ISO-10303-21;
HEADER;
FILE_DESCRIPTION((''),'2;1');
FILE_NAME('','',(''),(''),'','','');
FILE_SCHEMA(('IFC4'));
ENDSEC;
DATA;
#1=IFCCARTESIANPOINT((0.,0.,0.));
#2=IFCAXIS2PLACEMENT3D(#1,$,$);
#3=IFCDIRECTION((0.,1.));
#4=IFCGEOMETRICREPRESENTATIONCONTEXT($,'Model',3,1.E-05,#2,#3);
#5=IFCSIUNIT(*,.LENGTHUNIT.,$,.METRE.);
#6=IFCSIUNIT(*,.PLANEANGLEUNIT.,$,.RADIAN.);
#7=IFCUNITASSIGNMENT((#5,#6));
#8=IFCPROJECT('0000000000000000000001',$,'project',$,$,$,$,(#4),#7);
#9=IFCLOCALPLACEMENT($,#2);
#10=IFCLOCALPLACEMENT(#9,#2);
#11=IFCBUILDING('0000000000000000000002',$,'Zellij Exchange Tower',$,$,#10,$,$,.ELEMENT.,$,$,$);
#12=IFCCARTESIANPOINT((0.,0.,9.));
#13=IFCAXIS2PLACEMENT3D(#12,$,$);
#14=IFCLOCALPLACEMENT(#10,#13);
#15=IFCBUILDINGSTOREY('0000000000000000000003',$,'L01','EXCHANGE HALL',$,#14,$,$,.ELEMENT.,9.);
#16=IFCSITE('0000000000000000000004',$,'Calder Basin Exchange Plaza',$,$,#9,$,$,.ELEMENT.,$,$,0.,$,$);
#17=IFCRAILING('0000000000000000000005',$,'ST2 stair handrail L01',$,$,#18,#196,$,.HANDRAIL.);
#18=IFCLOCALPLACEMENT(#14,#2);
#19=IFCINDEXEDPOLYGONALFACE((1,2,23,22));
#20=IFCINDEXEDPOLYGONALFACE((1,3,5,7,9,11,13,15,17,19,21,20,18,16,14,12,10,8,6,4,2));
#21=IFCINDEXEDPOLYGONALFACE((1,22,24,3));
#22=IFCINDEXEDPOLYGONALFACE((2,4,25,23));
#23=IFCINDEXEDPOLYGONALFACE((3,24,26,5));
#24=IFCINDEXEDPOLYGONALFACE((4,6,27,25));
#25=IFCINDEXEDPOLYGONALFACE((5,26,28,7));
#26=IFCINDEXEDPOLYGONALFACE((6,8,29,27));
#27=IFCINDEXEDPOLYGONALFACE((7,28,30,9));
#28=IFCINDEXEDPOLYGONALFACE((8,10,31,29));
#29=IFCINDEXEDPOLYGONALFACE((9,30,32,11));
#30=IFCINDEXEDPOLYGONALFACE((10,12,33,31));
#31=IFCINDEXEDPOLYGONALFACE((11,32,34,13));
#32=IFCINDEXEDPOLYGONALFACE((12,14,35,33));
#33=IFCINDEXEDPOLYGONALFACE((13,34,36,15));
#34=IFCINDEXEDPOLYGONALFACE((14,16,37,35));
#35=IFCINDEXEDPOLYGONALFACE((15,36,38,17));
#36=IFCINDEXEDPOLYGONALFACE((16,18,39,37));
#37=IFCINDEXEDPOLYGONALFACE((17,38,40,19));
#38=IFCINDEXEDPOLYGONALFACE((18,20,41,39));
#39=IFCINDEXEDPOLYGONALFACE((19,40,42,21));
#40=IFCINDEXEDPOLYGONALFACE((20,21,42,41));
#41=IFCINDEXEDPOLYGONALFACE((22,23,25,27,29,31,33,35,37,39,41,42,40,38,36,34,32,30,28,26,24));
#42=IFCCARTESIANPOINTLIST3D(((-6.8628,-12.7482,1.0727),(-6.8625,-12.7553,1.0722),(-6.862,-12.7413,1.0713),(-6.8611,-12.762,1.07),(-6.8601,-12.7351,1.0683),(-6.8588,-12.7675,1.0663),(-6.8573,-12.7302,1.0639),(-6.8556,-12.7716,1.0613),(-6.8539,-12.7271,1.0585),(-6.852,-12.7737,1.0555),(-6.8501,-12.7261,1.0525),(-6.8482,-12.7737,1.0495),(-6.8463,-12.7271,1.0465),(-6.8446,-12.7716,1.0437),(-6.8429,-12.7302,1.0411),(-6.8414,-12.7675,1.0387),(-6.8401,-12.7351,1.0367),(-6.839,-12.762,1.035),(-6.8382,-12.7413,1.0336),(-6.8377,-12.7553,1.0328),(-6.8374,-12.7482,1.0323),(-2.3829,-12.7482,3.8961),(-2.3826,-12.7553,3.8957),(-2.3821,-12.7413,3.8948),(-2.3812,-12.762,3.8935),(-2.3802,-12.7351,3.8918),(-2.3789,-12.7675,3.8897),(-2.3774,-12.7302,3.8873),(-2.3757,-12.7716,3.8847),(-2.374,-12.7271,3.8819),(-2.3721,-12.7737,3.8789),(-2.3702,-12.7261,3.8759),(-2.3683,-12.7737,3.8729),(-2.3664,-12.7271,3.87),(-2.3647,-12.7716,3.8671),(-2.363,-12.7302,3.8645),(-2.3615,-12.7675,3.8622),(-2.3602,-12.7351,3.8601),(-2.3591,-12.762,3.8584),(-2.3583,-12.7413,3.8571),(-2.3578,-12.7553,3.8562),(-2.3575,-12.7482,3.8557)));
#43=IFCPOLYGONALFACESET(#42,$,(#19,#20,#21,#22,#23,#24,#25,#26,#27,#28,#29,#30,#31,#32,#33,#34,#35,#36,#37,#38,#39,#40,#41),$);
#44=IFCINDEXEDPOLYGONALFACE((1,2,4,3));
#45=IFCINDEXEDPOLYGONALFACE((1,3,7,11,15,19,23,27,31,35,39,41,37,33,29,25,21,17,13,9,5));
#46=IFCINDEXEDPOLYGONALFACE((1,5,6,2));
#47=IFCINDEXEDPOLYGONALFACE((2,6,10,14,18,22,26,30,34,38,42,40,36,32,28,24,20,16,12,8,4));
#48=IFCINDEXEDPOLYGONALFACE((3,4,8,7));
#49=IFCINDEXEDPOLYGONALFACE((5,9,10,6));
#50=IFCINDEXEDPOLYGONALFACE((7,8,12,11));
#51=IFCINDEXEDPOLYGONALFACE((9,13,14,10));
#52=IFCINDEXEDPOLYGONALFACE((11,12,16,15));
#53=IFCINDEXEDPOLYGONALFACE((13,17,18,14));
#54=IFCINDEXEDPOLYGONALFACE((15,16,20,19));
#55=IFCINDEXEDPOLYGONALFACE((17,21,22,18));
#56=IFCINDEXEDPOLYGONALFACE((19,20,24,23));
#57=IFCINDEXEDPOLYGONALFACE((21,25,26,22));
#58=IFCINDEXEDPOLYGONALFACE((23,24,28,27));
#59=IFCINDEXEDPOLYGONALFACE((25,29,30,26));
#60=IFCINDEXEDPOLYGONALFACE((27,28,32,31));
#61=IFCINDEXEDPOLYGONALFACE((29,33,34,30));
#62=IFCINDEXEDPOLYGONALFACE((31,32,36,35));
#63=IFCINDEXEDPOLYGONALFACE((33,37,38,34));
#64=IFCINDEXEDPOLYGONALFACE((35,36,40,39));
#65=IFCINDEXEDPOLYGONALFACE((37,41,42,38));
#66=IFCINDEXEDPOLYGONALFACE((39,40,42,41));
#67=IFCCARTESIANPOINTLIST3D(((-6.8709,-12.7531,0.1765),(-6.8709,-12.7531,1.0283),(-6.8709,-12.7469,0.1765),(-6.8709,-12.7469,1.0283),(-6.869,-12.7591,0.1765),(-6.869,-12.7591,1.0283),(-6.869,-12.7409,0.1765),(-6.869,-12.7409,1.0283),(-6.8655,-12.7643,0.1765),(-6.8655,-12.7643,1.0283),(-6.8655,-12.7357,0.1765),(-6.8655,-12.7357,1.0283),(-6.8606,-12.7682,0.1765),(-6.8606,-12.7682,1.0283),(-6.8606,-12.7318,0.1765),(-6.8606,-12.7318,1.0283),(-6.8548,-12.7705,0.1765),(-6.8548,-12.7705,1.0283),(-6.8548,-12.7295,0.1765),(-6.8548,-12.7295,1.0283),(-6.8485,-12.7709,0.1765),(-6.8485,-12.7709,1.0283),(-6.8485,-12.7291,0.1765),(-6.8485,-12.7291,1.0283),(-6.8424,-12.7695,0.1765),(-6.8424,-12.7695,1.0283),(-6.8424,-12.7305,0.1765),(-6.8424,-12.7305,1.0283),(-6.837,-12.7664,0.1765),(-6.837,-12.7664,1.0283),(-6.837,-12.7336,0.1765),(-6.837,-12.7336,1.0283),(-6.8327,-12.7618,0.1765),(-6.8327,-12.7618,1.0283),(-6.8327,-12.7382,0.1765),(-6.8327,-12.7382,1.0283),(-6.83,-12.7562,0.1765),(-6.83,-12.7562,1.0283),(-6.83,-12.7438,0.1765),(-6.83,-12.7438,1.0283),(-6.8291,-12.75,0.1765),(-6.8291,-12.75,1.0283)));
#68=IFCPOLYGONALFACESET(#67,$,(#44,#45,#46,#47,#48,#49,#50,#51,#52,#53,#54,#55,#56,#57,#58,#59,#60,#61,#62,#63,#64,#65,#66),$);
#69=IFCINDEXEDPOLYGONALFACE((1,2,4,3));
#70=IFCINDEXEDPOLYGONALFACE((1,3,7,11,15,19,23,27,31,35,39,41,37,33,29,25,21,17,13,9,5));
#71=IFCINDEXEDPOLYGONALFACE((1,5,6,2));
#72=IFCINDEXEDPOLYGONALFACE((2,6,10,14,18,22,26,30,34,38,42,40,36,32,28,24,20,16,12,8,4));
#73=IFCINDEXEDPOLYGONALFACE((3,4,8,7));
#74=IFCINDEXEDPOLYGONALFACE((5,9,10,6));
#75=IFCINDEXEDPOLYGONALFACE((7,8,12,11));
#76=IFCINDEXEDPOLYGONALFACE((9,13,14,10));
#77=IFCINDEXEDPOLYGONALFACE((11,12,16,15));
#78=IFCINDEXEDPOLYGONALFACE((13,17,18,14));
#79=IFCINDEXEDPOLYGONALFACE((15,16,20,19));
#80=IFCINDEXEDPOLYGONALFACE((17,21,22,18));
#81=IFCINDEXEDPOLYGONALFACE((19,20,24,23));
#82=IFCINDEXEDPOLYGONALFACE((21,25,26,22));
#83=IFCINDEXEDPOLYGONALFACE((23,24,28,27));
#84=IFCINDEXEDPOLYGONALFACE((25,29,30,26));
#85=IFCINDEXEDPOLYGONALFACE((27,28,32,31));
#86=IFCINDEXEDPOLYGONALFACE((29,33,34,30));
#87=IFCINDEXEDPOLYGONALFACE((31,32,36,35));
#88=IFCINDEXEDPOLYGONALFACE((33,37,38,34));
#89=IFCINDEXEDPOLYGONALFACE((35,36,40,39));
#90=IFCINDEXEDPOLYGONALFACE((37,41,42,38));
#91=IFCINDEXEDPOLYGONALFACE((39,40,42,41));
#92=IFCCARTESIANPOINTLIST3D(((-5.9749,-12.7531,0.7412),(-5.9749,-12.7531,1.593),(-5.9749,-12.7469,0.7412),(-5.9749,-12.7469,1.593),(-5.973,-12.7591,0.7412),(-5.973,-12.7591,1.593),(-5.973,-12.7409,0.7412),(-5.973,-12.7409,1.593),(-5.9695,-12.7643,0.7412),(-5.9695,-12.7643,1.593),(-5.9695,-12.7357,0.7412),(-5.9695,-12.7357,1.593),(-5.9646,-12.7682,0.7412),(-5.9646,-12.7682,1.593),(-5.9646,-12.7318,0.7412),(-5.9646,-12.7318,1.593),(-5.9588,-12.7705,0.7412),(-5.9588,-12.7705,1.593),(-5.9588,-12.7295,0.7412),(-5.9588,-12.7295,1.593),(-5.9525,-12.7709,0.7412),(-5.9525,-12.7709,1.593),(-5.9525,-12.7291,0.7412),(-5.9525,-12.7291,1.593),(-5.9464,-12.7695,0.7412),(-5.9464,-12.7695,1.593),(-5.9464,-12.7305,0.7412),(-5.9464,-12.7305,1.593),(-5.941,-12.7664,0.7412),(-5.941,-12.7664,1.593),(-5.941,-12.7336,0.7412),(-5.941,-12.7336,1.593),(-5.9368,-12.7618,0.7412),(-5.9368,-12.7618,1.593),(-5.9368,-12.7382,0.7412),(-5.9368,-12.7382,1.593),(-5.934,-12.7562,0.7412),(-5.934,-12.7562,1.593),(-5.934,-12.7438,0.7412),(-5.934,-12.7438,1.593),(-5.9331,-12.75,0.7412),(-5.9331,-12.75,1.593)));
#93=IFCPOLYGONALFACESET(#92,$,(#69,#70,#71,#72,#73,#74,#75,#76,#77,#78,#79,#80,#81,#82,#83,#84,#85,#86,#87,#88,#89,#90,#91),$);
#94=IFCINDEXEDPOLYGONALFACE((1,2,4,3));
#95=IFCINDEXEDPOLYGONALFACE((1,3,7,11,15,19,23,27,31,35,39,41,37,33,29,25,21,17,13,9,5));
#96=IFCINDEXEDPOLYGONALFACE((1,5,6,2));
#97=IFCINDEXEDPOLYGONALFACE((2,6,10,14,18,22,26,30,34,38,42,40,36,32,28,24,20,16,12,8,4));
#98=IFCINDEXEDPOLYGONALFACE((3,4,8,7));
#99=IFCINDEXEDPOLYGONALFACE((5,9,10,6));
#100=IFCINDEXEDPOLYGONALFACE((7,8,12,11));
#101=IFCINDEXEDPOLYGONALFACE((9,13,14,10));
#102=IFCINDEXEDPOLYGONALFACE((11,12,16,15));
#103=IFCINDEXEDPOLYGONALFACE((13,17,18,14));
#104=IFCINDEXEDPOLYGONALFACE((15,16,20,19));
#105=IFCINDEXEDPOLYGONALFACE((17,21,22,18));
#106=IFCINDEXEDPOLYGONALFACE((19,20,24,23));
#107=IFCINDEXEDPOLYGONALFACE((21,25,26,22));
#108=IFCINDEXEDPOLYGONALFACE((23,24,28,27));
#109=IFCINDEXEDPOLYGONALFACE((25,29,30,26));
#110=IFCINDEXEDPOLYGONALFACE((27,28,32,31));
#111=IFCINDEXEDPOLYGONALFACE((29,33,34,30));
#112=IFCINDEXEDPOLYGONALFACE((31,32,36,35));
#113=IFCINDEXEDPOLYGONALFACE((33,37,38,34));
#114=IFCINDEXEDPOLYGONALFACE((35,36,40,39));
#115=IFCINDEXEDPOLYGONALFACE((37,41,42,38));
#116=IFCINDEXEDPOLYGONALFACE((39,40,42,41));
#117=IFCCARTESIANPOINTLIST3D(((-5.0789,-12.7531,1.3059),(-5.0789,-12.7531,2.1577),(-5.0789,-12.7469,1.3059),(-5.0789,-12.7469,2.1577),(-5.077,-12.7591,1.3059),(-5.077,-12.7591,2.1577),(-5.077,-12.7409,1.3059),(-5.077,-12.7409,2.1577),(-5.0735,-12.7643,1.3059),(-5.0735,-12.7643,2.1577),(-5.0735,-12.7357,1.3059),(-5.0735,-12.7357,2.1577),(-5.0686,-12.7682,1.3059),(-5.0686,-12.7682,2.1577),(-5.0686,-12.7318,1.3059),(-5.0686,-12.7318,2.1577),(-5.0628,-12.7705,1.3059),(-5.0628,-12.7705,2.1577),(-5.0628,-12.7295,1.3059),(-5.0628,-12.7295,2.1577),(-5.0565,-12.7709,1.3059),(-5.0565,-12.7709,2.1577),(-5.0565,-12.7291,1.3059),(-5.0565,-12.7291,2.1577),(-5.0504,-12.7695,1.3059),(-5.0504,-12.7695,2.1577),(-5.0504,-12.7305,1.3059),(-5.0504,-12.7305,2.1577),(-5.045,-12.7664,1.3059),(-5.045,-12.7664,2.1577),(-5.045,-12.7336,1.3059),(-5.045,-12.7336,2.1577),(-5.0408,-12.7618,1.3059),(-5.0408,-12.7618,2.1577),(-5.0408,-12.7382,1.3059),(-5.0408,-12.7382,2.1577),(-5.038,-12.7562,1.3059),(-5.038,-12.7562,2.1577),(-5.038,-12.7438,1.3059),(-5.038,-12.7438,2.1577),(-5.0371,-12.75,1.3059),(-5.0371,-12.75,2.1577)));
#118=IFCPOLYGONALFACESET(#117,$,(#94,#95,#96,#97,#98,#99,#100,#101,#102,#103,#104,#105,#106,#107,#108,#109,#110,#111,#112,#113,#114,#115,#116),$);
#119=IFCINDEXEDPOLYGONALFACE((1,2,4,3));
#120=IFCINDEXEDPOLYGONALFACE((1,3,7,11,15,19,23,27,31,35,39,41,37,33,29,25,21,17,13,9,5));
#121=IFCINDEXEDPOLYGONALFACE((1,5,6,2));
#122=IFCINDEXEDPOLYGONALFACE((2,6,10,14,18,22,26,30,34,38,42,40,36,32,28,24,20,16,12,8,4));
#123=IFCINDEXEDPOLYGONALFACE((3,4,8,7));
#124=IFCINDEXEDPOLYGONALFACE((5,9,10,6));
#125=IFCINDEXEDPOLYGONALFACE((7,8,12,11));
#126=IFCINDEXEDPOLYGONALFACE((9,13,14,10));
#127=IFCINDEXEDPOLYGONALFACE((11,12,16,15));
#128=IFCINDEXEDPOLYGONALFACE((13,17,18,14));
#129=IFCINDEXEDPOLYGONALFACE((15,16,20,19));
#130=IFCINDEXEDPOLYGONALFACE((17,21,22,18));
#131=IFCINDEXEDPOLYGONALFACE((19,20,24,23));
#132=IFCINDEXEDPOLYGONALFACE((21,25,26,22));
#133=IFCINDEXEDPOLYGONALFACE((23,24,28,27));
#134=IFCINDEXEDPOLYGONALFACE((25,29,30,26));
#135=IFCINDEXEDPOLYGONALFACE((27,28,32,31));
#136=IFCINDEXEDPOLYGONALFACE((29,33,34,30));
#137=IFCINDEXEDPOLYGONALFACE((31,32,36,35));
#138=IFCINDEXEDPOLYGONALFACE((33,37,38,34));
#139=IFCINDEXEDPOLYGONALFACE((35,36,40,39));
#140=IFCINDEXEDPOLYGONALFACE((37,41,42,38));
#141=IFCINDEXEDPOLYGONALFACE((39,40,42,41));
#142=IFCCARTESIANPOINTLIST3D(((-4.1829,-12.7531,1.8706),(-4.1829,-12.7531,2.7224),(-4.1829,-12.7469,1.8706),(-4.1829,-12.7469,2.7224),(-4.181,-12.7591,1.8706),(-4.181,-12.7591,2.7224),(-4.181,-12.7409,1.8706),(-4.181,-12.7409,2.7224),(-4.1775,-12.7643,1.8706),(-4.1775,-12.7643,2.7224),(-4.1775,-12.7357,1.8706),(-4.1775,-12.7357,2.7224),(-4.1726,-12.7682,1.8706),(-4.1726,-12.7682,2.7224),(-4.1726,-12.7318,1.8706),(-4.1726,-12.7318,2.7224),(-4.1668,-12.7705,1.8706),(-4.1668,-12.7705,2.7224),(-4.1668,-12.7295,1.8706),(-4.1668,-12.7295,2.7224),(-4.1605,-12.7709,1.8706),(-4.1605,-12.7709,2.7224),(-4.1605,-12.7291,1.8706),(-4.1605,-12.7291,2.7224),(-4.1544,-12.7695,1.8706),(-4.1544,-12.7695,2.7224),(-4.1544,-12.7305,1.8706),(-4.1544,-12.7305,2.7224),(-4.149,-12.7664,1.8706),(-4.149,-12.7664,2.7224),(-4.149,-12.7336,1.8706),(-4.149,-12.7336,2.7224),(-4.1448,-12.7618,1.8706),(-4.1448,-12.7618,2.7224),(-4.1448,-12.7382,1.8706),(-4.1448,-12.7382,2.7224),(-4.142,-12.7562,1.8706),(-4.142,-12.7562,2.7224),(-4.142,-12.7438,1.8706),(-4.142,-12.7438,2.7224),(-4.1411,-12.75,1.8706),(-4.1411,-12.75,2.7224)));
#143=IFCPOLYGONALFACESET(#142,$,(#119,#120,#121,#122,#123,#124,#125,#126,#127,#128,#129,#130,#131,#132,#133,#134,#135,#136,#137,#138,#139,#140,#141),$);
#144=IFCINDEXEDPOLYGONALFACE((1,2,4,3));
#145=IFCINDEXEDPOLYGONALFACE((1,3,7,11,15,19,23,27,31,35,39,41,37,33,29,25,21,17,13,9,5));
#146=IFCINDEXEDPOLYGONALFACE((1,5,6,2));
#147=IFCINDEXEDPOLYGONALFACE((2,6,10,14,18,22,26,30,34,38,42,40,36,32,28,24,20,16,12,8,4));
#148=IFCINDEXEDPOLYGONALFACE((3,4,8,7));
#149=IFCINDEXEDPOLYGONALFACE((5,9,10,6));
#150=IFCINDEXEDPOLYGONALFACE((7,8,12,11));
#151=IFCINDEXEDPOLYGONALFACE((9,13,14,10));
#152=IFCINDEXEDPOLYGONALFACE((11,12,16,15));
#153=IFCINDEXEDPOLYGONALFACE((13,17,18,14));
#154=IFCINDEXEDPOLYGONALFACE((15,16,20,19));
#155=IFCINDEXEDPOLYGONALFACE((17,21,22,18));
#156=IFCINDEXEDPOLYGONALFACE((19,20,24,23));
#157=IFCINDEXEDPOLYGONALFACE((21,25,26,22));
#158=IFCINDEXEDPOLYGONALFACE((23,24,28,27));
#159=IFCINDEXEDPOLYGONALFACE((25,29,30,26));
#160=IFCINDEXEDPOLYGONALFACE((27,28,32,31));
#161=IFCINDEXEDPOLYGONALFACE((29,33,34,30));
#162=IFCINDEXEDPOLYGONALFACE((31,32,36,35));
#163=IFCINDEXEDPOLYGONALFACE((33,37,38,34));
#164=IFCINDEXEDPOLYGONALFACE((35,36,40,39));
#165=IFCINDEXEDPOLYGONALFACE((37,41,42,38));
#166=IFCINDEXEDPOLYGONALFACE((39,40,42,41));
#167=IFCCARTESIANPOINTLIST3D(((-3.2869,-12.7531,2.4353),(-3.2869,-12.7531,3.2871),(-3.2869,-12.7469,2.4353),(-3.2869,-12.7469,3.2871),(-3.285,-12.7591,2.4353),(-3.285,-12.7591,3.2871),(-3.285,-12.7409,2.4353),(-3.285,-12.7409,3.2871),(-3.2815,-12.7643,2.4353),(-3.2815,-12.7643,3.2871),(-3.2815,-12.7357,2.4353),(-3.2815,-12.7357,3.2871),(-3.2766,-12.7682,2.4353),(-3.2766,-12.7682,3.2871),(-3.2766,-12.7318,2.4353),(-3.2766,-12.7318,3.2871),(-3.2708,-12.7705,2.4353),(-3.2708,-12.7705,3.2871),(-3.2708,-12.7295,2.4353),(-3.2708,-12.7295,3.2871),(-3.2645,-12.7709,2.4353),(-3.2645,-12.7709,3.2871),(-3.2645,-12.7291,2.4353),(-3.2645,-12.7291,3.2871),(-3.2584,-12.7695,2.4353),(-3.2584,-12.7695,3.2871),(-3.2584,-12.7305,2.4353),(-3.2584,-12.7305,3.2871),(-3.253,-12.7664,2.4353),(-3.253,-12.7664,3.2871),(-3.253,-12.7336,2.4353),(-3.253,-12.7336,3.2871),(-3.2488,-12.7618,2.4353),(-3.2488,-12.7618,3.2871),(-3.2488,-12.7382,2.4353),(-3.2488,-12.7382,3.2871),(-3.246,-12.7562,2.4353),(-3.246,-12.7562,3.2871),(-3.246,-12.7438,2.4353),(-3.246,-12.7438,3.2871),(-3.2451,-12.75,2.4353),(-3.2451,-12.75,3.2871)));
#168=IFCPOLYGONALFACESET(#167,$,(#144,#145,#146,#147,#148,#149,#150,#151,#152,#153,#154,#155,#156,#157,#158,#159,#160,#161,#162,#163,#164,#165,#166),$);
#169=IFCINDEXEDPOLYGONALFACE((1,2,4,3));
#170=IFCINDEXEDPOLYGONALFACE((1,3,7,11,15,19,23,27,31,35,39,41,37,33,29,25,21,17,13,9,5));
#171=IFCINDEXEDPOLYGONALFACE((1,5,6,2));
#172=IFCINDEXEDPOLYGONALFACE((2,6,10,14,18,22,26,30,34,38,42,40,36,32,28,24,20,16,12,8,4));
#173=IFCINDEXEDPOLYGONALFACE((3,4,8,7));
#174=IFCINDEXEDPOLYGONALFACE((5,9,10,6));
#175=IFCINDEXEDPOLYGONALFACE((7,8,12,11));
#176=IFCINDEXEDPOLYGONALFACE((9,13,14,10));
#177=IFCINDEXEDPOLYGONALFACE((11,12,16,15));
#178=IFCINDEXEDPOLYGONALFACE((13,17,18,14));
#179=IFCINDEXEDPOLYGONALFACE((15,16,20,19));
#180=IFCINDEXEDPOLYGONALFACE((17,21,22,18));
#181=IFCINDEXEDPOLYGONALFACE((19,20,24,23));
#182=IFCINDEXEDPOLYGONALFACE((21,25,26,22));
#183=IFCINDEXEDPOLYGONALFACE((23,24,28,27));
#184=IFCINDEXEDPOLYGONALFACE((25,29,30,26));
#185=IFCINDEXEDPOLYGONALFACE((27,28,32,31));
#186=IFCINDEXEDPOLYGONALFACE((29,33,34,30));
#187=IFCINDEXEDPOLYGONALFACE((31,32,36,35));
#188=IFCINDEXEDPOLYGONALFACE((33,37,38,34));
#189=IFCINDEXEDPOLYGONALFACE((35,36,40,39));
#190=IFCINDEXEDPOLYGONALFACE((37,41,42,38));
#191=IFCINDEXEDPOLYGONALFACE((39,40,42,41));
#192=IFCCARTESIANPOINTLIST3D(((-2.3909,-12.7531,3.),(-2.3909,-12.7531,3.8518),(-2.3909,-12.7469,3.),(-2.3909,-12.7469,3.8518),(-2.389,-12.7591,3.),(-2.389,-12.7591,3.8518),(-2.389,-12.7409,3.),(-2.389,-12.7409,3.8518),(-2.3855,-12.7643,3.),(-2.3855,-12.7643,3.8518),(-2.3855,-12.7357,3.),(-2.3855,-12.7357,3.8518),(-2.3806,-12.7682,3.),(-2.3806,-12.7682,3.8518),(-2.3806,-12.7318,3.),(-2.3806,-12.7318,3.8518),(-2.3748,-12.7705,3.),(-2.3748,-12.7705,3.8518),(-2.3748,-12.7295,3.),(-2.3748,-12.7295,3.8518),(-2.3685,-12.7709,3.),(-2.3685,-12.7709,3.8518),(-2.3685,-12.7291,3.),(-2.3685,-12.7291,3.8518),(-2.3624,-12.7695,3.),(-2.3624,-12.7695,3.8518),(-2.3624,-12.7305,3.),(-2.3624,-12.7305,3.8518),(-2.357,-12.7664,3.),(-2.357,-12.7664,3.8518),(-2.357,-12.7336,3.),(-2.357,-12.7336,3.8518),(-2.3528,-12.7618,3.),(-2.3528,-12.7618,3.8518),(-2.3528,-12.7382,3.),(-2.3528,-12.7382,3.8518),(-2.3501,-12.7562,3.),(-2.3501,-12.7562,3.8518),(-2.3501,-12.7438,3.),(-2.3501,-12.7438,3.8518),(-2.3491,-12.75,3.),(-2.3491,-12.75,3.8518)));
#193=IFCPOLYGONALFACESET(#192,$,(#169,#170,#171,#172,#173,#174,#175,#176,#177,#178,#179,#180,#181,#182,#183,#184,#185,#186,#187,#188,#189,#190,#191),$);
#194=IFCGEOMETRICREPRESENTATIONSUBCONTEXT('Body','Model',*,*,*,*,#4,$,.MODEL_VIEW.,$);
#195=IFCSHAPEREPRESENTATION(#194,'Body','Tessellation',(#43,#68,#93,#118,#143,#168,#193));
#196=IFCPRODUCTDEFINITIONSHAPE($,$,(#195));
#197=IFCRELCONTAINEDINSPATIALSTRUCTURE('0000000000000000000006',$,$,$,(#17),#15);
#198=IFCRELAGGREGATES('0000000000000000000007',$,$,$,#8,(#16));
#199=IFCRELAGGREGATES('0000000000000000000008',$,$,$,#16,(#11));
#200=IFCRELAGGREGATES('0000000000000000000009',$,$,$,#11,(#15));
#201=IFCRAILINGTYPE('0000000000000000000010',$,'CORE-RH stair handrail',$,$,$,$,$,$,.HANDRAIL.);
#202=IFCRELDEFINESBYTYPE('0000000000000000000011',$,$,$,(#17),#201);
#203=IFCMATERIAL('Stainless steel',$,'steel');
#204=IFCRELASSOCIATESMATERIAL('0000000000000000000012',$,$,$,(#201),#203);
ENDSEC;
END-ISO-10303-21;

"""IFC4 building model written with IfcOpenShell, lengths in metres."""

from ifc_helpers import new_model, si_unit, direction, frame, origin, origin_2d, place, context, subcontext, project, spatial, circle, extrude, material, type_object, element, save


model = new_model("IFC4")

# Units and contexts
model_context = context("Model", 3, precision=1e-05, world=origin(), true_north=direction((0.0, 1.0)))
body_context = subcontext(model_context, "Body", "Model", "MODEL_VIEW")
ifc_project = project(units=[si_unit("LENGTHUNIT", "METRE"), si_unit("PLANEANGLEUNIT", "RADIAN")], contexts=[model_context])

# Site, building, storey
site_placement = place(None, origin())
site = spatial("IfcSite", under=ifc_project, at=site_placement, Name="Calder Basin Exchange Plaza", CompositionType="ELEMENT", RefElevation=0.0)
building_placement = place(site_placement, origin())
building = spatial("IfcBuilding", under=site, at=building_placement, Name="Zellij Exchange Tower", CompositionType="ELEMENT")
storey_placement = place(building_placement, frame((0.0, 0.0, 9.0)))
storey = spatial("IfcBuildingStorey", under=building, at=storey_placement, Name="L01", Description="EXCHANGE HALL", CompositionType="ELEMENT", Elevation=9.0)

# Railing
ifc_material_1 = material(Name="Stainless steel", Category="steel")
railing_type_1 = type_object("IfcRailingType", Name="CORE-RH stair handrail", PredefinedType="HANDRAIL", material=ifc_material_1)
railing_1_placement = place(storey_placement, frame((-6.8501, -12.75, 0.1765)))
element("IfcRailing", 1, at=railing_1_placement, inside=storey, type_object=railing_type_1, Name="ST2 stair handrail L01", PredefinedType="HANDRAIL", context=body_context, shape_type="SweptSolid", body=[
    extrude(circle(Radius=0.0239, at=origin_2d()), frame((0.0, 0.0, 0.876), z_axis=(0.845998, 0.0, 0.533186), x_axis=(0.0, 1.0, 0.0)), (0.0, 0.0, 1.0), 5.2954),
    extrude(circle(Radius=0.021, at=origin_2d()), origin(), (0.0, 0.0, 1.0), 0.8518),
    extrude(circle(Radius=0.021, at=origin_2d()), frame((0.896, 0.0, 0.5647)), (0.0, 0.0, 1.0), 0.8518),
    extrude(circle(Radius=0.021, at=origin_2d()), frame((1.792, 0.0, 1.1294)), (0.0, 0.0, 1.0), 0.8518),
    extrude(circle(Radius=0.021, at=origin_2d()), frame((2.688, 0.0, 1.6941)), (0.0, 0.0, 1.0), 0.8518),
    extrude(circle(Radius=0.021, at=origin_2d()), frame((3.584, 0.0, 2.2588)), (0.0, 0.0, 1.0), 0.8518),
    extrude(circle(Radius=0.021, at=origin_2d()), frame((4.48, 0.0, 2.8235)), (0.0, 0.0, 1.0), 0.8518),
])

save(model, "model.ifc")
